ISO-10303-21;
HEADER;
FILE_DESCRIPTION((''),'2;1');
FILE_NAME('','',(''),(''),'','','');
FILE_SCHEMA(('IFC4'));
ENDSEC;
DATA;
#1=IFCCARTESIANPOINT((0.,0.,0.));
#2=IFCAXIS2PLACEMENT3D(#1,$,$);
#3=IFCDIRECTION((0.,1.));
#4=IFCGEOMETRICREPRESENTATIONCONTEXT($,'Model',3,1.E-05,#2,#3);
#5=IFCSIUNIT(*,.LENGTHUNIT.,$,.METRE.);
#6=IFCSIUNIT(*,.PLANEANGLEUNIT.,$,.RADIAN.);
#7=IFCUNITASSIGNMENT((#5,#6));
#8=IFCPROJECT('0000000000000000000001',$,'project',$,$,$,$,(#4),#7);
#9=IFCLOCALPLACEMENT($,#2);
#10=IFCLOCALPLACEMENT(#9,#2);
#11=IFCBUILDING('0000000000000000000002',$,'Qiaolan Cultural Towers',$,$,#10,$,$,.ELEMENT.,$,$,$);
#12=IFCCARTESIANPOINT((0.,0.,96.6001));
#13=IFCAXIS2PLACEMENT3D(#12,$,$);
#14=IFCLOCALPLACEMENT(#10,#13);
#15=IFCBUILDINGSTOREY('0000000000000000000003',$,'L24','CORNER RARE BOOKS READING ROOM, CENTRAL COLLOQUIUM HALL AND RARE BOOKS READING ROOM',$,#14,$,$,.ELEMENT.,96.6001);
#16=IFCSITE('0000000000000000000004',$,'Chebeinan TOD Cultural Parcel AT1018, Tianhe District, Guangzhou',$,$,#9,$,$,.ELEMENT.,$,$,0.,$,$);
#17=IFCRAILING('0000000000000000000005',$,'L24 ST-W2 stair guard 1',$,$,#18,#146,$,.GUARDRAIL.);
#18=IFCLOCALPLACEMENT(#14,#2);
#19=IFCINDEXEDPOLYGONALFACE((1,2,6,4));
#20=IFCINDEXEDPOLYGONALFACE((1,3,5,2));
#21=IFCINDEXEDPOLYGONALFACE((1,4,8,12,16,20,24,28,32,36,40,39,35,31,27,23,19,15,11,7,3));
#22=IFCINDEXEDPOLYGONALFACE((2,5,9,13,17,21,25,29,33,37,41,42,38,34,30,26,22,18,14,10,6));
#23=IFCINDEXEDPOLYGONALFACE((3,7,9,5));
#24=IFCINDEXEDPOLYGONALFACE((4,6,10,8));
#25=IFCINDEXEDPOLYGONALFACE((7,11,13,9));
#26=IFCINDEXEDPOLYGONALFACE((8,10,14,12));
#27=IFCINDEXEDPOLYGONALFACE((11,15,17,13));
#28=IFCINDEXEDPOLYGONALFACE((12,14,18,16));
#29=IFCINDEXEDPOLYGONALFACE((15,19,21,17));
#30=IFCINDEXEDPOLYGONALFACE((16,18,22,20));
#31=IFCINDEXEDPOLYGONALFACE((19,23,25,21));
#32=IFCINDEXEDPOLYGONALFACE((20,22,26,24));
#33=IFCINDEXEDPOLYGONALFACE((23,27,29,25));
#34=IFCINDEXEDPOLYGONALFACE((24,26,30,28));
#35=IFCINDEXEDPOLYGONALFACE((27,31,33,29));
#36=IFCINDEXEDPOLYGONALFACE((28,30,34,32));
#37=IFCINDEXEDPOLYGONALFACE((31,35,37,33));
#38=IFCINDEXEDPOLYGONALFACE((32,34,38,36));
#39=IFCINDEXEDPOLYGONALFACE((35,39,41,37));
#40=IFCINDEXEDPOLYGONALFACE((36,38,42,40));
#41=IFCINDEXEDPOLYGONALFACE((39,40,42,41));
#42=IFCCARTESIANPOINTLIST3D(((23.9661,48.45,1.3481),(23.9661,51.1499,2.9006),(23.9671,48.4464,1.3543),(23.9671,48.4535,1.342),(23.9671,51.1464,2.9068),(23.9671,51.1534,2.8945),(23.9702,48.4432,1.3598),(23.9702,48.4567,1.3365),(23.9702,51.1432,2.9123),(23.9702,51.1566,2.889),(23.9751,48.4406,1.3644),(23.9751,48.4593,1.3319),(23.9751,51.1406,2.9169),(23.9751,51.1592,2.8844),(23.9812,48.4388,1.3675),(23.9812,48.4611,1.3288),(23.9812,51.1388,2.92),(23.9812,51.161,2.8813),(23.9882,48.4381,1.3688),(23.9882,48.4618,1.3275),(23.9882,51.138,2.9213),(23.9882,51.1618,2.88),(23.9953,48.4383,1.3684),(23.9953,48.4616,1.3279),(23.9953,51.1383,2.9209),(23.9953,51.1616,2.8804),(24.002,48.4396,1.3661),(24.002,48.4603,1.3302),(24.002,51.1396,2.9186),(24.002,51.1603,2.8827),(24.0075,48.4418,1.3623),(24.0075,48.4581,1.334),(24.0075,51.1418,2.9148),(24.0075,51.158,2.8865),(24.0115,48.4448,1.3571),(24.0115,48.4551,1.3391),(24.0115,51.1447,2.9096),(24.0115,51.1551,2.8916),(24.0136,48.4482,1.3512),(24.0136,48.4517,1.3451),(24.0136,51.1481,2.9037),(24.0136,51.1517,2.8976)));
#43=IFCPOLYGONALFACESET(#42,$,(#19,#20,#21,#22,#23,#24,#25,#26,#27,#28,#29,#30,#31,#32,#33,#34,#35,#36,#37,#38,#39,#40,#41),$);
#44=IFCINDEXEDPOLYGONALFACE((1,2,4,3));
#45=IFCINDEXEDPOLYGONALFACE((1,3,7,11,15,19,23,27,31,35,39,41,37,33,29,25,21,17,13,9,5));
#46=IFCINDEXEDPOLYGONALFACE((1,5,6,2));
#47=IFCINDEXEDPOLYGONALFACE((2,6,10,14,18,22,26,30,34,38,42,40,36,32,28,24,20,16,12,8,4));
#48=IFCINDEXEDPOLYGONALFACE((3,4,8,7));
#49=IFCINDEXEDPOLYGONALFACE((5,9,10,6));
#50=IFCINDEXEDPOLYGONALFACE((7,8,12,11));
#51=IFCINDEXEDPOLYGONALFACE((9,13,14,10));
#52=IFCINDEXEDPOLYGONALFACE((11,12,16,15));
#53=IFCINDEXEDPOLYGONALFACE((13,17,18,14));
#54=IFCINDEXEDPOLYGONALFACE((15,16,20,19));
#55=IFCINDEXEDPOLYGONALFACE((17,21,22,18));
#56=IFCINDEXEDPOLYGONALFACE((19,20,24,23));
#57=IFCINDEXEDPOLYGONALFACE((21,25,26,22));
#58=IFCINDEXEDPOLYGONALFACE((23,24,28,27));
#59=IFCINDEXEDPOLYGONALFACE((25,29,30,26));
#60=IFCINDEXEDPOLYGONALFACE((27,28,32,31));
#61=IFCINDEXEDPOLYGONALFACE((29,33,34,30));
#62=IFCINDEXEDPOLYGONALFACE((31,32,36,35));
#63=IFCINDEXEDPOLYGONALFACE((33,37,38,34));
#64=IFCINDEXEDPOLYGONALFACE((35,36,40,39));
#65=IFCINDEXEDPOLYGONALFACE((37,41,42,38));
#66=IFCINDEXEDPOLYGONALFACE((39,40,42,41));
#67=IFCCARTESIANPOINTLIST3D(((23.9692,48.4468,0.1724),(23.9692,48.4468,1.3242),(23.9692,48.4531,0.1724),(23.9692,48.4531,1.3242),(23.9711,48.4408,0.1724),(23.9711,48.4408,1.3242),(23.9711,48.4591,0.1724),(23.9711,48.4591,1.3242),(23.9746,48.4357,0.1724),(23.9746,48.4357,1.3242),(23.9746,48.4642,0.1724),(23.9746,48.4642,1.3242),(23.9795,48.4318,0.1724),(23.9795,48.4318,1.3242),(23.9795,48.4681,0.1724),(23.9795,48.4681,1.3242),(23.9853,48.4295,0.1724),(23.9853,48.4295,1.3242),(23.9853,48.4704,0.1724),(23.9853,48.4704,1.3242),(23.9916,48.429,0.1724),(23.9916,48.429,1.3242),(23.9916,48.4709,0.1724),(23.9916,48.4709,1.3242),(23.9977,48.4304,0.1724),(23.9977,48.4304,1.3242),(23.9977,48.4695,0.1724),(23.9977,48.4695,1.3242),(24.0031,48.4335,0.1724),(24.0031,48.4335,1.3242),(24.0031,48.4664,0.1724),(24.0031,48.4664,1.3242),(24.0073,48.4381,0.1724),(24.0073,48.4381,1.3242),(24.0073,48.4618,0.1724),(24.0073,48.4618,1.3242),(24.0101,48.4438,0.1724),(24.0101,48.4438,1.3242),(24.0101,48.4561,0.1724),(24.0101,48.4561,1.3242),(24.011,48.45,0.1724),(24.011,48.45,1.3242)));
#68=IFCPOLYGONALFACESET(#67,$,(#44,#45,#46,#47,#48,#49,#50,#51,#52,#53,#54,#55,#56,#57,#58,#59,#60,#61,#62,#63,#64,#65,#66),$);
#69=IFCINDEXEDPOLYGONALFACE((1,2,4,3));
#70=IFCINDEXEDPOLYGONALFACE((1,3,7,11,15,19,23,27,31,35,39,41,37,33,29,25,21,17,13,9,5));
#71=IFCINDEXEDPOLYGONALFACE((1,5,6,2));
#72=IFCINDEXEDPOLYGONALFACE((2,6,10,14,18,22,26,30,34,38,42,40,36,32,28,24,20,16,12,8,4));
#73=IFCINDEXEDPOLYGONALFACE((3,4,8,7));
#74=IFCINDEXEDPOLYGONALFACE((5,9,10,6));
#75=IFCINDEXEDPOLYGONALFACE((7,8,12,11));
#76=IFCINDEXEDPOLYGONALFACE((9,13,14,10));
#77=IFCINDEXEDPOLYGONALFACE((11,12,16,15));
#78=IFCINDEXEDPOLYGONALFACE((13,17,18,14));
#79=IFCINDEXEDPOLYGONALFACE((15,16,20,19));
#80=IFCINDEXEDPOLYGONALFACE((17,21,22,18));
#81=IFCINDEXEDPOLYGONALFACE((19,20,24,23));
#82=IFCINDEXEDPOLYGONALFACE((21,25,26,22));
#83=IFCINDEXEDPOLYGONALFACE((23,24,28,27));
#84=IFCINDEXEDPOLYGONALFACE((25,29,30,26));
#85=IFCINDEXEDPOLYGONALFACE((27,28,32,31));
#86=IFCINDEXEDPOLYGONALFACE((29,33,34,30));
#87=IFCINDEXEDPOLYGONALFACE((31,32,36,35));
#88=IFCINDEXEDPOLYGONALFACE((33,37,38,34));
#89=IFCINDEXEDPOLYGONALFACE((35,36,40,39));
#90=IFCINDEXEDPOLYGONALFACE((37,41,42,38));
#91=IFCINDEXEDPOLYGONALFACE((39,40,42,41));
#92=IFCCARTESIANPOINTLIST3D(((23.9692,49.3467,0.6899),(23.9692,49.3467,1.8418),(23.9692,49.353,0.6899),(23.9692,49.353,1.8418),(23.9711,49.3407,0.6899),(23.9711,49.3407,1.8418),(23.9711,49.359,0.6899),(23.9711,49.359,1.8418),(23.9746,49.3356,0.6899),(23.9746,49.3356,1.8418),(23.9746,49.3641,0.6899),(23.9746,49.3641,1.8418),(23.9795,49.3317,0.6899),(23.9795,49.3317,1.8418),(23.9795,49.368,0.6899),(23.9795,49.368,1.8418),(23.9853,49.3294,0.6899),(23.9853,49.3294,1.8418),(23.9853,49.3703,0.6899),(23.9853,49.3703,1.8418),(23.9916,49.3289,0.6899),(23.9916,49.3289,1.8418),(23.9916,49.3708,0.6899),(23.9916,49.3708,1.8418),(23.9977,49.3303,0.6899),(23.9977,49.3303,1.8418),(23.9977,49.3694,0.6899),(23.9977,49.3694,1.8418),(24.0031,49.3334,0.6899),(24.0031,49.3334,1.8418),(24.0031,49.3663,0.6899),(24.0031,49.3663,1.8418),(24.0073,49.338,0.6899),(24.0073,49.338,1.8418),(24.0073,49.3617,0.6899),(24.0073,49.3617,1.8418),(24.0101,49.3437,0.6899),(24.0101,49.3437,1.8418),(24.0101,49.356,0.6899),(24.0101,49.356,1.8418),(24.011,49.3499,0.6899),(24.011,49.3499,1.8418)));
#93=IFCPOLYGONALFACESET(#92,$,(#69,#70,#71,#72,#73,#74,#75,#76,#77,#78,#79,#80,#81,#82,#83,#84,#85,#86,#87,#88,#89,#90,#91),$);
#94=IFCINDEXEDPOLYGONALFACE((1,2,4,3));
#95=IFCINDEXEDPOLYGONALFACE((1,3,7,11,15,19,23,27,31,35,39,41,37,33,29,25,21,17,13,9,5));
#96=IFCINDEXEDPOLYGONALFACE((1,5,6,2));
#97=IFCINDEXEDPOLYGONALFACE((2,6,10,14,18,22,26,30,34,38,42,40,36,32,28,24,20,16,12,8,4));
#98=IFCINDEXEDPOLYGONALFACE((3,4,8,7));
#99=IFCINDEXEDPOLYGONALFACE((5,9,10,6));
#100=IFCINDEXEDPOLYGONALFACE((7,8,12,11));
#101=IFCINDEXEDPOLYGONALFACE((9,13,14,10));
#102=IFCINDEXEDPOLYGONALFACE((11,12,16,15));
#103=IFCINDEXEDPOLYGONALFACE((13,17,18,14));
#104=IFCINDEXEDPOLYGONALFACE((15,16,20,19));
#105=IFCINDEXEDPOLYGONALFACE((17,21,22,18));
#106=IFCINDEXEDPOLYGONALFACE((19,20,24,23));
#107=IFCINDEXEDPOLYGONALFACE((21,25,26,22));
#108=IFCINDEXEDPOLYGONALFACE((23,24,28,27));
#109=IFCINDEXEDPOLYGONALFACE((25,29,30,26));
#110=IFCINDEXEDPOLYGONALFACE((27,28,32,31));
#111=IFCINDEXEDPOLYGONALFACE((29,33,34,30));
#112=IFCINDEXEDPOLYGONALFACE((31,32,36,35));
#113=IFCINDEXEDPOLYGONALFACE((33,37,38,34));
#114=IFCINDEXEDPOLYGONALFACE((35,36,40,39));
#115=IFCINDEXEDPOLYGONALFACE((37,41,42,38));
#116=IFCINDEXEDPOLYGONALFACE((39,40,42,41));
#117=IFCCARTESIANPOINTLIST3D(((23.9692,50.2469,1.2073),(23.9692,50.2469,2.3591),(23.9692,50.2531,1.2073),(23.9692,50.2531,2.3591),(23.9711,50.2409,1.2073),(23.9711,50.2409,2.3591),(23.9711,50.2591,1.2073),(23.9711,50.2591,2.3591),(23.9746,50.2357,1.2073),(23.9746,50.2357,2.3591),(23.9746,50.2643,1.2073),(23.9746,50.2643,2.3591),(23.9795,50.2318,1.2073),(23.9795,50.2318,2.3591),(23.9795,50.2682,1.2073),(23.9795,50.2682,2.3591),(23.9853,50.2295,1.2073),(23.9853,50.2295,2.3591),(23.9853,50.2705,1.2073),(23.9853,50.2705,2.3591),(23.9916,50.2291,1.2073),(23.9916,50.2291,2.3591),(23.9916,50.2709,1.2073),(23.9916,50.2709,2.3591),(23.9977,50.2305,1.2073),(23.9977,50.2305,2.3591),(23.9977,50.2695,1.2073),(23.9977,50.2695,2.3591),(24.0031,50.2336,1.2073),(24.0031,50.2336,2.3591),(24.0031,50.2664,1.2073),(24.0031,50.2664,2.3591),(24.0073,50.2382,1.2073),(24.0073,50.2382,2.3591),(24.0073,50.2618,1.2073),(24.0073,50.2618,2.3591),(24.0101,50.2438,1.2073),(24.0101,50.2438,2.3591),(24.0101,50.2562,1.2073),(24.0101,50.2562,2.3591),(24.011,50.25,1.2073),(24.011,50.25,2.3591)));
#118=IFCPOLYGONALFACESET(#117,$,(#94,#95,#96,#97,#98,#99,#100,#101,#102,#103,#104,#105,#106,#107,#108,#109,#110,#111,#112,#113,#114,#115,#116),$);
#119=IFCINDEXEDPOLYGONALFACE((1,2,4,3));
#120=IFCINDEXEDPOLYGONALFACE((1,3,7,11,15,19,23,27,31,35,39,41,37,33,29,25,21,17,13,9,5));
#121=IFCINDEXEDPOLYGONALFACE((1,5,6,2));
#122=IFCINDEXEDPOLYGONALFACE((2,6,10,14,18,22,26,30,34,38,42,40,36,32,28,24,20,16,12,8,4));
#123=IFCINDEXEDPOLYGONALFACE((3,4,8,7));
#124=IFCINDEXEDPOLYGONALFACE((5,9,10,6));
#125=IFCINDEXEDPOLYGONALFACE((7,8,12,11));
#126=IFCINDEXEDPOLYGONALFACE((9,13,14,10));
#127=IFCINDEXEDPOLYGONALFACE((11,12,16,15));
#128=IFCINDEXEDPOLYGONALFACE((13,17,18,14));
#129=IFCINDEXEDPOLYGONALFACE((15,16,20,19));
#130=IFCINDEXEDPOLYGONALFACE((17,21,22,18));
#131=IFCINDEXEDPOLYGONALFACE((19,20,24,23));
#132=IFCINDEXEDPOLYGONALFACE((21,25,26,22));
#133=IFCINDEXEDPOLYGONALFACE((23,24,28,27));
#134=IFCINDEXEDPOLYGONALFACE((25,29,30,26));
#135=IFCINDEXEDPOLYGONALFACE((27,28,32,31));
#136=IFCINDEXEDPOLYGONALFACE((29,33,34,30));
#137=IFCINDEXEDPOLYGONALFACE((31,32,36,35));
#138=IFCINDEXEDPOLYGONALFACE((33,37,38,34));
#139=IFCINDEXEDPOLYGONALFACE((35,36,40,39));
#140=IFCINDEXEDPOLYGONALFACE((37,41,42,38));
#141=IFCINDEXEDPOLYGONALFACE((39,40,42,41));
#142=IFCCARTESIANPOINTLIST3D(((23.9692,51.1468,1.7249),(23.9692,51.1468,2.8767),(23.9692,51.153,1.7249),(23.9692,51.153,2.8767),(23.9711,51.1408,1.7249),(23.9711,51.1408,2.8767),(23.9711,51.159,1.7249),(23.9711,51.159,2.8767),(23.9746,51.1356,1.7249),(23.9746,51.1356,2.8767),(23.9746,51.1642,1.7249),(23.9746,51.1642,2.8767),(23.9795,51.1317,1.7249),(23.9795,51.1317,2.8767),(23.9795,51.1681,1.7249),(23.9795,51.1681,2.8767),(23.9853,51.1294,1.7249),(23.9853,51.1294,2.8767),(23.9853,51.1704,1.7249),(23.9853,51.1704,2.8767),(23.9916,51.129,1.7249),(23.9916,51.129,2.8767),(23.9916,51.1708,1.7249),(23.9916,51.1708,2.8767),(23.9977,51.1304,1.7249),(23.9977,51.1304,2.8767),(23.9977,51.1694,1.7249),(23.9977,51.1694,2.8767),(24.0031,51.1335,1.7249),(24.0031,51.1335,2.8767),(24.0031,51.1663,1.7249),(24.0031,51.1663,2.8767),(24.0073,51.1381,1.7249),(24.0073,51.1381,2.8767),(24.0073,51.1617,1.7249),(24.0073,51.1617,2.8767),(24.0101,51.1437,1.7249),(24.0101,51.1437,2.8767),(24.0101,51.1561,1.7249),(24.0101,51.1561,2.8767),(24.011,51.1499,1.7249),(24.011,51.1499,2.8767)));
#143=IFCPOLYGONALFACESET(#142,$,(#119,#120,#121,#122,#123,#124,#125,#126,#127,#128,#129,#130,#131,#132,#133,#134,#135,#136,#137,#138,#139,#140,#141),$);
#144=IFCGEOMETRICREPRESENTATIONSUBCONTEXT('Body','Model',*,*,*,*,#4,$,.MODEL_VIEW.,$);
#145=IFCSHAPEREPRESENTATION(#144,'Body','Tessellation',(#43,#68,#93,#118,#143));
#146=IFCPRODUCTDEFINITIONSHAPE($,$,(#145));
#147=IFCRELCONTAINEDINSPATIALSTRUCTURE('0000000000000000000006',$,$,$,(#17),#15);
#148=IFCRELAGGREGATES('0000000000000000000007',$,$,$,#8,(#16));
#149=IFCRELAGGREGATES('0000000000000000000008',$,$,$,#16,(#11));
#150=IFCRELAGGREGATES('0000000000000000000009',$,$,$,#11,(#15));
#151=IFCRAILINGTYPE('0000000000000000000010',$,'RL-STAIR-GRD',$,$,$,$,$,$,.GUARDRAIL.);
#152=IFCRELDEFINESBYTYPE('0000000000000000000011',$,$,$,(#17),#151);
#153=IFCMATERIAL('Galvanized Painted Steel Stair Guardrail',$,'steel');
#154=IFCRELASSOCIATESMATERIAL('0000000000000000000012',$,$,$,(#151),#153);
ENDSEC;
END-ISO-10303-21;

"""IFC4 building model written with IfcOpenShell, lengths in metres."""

from ifc_helpers import new_model, si_unit, direction, frame, origin, origin_2d, place, context, subcontext, project, spatial, circle, extrude, material, type_object, element, save


model = new_model("IFC4")

# Units and contexts
model_context = context("Model", 3, precision=1e-05, world=origin(), true_north=direction((0.0, 1.0)))
body_context = subcontext(model_context, "Body", "Model", "MODEL_VIEW")
ifc_project = project(units=[si_unit("LENGTHUNIT", "METRE"), si_unit("PLANEANGLEUNIT", "RADIAN")], contexts=[model_context])

# Site, building, storey
site_placement = place(None, origin())
site = spatial("IfcSite", under=ifc_project, at=site_placement, Name="Chebeinan TOD Cultural Parcel AT1018, Tianhe District, Guangzhou", CompositionType="ELEMENT", RefElevation=0.0)
building_placement = place(site_placement, origin())
building = spatial("IfcBuilding", under=site, at=building_placement, Name="Qiaolan Cultural Towers", CompositionType="ELEMENT")
storey_placement = place(building_placement, frame((0.0, 0.0, 96.6001)))
storey = spatial("IfcBuildingStorey", under=building, at=storey_placement, Name="L24", Description="CORNER RARE BOOKS READING ROOM, CENTRAL COLLOQUIUM HALL AND RARE BOOKS READING ROOM", CompositionType="ELEMENT", Elevation=96.6001)

# Railing
ifc_material_1 = material(Name="Galvanized Painted Steel Stair Guardrail", Category="steel")
railing_type_1 = type_object("IfcRailingType", Name="RL-STAIR-GRD", PredefinedType="GUARDRAIL", material=ifc_material_1)
railing_1_placement = place(storey_placement, frame((23.99, 48.45, 0.1724)))
element("IfcRailing", 1, at=railing_1_placement, inside=storey, type_object=railing_type_1, Name="L24 ST-W2 stair guard 1", PredefinedType="GUARDRAIL", context=body_context, shape_type="SweptSolid", body=[
    extrude(circle(Radius=0.0239, at=origin_2d()), frame((0.0, 0.0, 1.1758), z_axis=(0.0, 0.866904, 0.498476), x_axis=(-1.0, 0.0, 0.0)), (0.0, 0.0, 1.0), 3.1145),
    extrude(circle(Radius=0.021, at=origin_2d()), origin(), (0.0, 0.0, 1.0), 1.1519),
    extrude(circle(Radius=0.021, at=origin_2d()), frame((0.0, 0.8999, 0.5176)), (0.0, 0.0, 1.0), 1.1519),
    extrude(circle(Radius=0.021, at=origin_2d()), frame((0.0, 1.8, 1.0349)), (0.0, 0.0, 1.0), 1.1519),
    extrude(circle(Radius=0.021, at=origin_2d()), frame((0.0, 2.7, 1.5525)), (0.0, 0.0, 1.0), 1.1519),
])

save(model, "model.ifc")
